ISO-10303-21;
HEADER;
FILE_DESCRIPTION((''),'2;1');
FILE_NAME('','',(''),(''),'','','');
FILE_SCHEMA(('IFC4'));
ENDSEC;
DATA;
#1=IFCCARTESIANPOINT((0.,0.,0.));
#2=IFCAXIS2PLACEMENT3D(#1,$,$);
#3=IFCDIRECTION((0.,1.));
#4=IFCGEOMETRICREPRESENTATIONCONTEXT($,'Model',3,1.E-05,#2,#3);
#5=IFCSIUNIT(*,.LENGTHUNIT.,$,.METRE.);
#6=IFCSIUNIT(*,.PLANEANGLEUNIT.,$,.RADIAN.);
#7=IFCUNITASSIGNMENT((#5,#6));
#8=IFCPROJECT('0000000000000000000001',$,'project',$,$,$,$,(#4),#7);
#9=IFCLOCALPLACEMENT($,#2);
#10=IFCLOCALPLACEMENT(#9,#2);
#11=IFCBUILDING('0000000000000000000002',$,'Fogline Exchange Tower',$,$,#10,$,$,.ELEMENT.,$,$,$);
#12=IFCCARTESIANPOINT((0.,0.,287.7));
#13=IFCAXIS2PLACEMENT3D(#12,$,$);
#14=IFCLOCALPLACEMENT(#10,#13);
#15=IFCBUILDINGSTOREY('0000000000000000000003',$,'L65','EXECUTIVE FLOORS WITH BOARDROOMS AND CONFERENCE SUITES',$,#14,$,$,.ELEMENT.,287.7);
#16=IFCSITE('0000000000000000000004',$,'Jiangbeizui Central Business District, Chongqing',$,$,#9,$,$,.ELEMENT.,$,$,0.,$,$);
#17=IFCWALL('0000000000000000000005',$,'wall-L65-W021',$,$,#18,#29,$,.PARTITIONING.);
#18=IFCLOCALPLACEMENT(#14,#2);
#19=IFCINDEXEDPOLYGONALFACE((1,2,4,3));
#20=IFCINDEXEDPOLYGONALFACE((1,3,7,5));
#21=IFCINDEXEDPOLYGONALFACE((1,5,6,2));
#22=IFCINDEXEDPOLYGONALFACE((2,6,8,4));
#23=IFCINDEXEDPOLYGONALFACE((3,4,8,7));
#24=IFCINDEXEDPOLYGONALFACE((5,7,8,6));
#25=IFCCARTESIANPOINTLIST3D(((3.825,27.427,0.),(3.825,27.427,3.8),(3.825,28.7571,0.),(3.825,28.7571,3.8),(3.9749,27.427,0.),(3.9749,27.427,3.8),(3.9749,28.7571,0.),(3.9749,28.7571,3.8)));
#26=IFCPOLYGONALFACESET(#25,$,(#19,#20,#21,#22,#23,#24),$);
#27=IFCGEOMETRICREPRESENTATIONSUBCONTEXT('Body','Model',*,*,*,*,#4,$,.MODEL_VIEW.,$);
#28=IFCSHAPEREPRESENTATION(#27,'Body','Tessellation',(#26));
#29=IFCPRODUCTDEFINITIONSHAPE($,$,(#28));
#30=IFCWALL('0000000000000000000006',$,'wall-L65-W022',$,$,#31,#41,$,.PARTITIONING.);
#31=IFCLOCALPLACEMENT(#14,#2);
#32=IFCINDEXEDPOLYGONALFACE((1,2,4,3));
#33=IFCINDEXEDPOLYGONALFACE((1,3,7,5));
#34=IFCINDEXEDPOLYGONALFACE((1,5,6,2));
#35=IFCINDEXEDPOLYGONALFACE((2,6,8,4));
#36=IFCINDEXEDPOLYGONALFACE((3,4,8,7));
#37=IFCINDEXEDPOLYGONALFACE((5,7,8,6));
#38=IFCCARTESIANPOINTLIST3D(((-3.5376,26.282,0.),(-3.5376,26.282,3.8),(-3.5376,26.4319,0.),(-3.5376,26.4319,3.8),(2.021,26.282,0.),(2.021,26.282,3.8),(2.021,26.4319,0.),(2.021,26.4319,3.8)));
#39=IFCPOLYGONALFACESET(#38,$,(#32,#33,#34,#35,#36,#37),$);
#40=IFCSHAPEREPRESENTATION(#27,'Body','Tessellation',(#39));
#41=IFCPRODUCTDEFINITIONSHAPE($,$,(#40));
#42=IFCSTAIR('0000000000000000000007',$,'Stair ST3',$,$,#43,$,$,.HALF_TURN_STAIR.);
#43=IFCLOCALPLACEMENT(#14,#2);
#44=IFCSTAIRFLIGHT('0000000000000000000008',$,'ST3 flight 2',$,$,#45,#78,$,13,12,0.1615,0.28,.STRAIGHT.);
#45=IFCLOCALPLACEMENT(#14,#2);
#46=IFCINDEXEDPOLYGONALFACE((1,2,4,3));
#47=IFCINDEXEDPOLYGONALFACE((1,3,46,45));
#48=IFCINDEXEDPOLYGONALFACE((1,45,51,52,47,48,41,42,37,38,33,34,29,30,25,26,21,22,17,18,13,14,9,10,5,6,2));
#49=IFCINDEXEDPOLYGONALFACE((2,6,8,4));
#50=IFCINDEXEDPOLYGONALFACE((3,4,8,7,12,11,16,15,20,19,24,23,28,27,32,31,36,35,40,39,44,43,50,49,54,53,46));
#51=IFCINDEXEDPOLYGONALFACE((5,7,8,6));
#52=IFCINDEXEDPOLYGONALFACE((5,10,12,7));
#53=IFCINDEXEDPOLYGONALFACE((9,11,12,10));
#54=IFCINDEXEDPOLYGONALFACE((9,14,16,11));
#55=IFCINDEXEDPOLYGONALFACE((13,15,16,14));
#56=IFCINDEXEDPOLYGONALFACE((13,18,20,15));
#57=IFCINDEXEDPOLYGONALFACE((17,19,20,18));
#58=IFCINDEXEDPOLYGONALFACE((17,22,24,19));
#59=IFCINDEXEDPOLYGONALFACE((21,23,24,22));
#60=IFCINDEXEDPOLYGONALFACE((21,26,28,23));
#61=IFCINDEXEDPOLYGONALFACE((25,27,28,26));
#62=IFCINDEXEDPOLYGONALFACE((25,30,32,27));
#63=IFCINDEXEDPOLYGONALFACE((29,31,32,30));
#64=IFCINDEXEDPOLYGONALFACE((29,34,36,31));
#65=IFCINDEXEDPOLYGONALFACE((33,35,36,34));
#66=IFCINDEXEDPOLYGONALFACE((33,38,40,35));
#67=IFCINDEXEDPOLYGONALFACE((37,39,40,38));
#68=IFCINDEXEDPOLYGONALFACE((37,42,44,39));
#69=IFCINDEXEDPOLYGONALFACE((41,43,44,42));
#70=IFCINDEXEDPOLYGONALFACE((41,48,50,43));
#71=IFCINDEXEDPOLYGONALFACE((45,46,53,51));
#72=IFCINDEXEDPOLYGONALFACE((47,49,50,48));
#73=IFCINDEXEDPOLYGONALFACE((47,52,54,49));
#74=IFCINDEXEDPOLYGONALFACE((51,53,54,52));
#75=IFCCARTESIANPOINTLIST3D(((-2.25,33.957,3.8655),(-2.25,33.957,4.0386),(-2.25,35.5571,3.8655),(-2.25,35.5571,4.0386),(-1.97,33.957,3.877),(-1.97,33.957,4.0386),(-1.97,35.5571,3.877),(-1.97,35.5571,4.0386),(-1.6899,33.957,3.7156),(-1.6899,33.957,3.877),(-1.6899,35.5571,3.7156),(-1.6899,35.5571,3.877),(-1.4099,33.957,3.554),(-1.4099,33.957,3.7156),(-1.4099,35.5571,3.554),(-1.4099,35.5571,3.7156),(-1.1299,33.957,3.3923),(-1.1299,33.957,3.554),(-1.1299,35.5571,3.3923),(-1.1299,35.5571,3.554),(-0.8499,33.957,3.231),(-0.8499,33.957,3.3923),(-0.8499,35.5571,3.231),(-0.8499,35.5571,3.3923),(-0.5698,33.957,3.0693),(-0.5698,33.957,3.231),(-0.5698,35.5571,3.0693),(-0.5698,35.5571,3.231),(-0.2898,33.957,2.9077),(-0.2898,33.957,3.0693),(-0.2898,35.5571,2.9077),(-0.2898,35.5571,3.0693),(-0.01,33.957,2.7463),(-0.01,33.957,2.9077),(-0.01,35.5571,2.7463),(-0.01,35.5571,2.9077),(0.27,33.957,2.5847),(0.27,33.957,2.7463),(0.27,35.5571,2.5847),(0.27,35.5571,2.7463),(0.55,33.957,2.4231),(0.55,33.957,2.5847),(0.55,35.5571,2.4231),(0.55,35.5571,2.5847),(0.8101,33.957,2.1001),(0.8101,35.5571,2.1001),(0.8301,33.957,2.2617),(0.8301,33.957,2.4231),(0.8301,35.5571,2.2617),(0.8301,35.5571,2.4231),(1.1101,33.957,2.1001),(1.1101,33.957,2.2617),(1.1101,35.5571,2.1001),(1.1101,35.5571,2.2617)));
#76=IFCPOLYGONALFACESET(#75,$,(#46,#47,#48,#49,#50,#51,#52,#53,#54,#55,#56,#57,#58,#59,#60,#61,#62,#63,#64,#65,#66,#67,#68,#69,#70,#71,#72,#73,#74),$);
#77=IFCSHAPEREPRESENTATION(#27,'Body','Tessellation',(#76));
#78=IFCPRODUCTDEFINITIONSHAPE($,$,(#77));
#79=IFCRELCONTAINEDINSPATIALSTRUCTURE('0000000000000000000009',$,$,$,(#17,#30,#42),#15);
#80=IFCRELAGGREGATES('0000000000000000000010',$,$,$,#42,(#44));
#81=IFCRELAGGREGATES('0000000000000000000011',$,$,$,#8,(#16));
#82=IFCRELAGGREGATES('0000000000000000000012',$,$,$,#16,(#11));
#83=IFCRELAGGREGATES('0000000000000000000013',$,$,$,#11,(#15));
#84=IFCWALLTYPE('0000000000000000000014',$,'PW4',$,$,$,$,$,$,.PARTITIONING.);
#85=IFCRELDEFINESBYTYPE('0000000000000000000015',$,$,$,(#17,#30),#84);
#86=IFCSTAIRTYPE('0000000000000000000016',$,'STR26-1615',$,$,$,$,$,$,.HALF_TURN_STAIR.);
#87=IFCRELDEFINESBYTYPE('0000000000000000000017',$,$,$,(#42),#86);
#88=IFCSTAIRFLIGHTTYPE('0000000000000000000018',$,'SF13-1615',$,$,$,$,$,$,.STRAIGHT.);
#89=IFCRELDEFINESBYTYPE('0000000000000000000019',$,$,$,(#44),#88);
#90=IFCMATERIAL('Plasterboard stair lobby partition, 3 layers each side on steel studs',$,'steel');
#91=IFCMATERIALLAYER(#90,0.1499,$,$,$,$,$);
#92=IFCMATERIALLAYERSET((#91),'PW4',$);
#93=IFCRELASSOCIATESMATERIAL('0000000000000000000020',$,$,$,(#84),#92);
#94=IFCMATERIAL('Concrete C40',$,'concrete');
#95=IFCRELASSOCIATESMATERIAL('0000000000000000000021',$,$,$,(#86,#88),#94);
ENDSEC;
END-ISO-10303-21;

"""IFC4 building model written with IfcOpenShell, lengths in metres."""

from ifc_helpers import new_model, si_unit, direction, frame, frame_2d, origin, place, context, subcontext, project, spatial, polyline, rectangle, outline, extrude, material, layer, layer_set, type_object, element, aggregate, save


model = new_model("IFC4")

# Units and contexts
model_context = context("Model", 3, precision=1e-05, world=origin(), true_north=direction((0.0, 1.0)))
body_context = subcontext(model_context, "Body", "Model", "MODEL_VIEW")
ifc_project = project(units=[si_unit("LENGTHUNIT", "METRE"), si_unit("PLANEANGLEUNIT", "RADIAN")], contexts=[model_context])

# Site, building, storey
site_placement = place(None, origin())
site = spatial("IfcSite", under=ifc_project, at=site_placement, Name="Jiangbeizui Central Business District, Chongqing", CompositionType="ELEMENT", RefElevation=0.0)
building_placement = place(site_placement, origin())
building = spatial("IfcBuilding", under=site, at=building_placement, Name="Fogline Exchange Tower", CompositionType="ELEMENT")
storey_placement = place(building_placement, frame((0.0, 0.0, 287.7)))
storey = spatial("IfcBuildingStorey", under=building, at=storey_placement, Name="L65", Description="EXECUTIVE FLOORS WITH BOARDROOMS AND CONFERENCE SUITES", CompositionType="ELEMENT", Elevation=287.7)

# Shared definitions
ifc_material_1 = material(Name="Concrete C40", Category="concrete")

# Walls
ifc_material_2 = material(Name="Plasterboard stair lobby partition, 3 layers each side on steel studs", Category="steel")
ifc_layer_1 = layer(ifc_material_2, 0.1499)
ifc_layer_set_1 = layer_set([ifc_layer_1], Name="PW4")
wall_type_1 = type_object("IfcWallType", Name="PW4", PredefinedType="PARTITIONING", material=ifc_layer_set_1)
wall_1_placement = place(storey_placement, frame((3.8999, 28.7571, 0.0), z_axis=(0.0, 0.0, 1.0), x_axis=(0.0, -1.0, 0.0)))
element("IfcWall", 1, at=wall_1_placement, inside=storey, type_object=wall_type_1, Name="wall-L65-W021", PredefinedType="PARTITIONING", context=body_context, shape_type="SweptSolid", body=[
    extrude(rectangle(XDim=1.3301, YDim=0.1499, at=frame_2d((0.665, 0.0))), origin(), (0.0, 0.0, 1.0), 3.8),
])
wall_2_placement = place(storey_placement, frame((2.021, 26.3569, 0.0), z_axis=(0.0, 0.0, 1.0), x_axis=(-1.0, 0.0, 0.0)))
element("IfcWall", 2, at=wall_2_placement, inside=storey, type_object=wall_type_1, Name="wall-L65-W022", PredefinedType="PARTITIONING", context=body_context, shape_type="SweptSolid", body=[
    extrude(rectangle(XDim=5.5586, YDim=0.1499, at=frame_2d((2.7793, 0.0))), origin(), (0.0, 0.0, 1.0), 3.8),
])

# Stair, stair flight
stair_type = type_object("IfcStairType", Name="STR26-1615", PredefinedType="HALF_TURN_STAIR", material=ifc_material_1)
stair_placement = place(storey_placement, origin())
stair = element("IfcStair", 3, at=stair_placement, inside=storey, type_object=stair_type, Name="Stair ST3", PredefinedType="HALF_TURN_STAIR")
stair_flight_type = type_object("IfcStairFlightType", Name="SF13-1615", PredefinedType="STRAIGHT", material=ifc_material_1)
stair_flight_placement = place(storey_placement, frame((1.1101, 34.7571, 2.1001), z_axis=(0.0, 0.0, 1.0), x_axis=(-1.0, 0.0, 0.0)))
stair_flight = element("IfcStairFlight", 4, at=stair_flight_placement, type_object=stair_flight_type, Name="ST3 flight 2", NumberOfRisers=13, NumberOfTreads=12, PredefinedType="STRAIGHT", RiserHeight=0.1615, TreadLength=0.28, context=body_context, shape_type="SweptSolid", body=[
    extrude(outline(polyline([(0.0, 0.0), (0.0, 0.1616), (0.28, 0.1616), (0.28, 0.323), (0.5601, 0.323), (0.5601, 0.4846), (0.8401, 0.4846), (0.8401, 0.6462), (1.1201, 0.6462), (1.1201, 0.8076), (1.3999, 0.8076), (1.3999, 0.9692), (1.6799, 0.9692), (1.6799, 1.1309), (1.96, 1.1309), (1.96, 1.2922), (2.24, 1.2922), (2.24, 1.4539), (2.52, 1.4539), (2.52, 1.6155), (2.8, 1.6155), (2.8, 1.7769), (3.0801, 1.7769), (3.0801, 1.9385), (3.3601, 1.9385), (3.3601, 2.1001), (3.3601, 1.7654), (0.3, 0.0), (0.0, 0.0)])), frame((0.0, 0.8, 0.0), z_axis=(0.0, -1.0, 0.0), x_axis=(1.0, 0.0, 0.0)), (0.0, 0.0, 1.0), 1.6001),
])
aggregate(stair, [stair_flight])

save(model, "model.ifc")
